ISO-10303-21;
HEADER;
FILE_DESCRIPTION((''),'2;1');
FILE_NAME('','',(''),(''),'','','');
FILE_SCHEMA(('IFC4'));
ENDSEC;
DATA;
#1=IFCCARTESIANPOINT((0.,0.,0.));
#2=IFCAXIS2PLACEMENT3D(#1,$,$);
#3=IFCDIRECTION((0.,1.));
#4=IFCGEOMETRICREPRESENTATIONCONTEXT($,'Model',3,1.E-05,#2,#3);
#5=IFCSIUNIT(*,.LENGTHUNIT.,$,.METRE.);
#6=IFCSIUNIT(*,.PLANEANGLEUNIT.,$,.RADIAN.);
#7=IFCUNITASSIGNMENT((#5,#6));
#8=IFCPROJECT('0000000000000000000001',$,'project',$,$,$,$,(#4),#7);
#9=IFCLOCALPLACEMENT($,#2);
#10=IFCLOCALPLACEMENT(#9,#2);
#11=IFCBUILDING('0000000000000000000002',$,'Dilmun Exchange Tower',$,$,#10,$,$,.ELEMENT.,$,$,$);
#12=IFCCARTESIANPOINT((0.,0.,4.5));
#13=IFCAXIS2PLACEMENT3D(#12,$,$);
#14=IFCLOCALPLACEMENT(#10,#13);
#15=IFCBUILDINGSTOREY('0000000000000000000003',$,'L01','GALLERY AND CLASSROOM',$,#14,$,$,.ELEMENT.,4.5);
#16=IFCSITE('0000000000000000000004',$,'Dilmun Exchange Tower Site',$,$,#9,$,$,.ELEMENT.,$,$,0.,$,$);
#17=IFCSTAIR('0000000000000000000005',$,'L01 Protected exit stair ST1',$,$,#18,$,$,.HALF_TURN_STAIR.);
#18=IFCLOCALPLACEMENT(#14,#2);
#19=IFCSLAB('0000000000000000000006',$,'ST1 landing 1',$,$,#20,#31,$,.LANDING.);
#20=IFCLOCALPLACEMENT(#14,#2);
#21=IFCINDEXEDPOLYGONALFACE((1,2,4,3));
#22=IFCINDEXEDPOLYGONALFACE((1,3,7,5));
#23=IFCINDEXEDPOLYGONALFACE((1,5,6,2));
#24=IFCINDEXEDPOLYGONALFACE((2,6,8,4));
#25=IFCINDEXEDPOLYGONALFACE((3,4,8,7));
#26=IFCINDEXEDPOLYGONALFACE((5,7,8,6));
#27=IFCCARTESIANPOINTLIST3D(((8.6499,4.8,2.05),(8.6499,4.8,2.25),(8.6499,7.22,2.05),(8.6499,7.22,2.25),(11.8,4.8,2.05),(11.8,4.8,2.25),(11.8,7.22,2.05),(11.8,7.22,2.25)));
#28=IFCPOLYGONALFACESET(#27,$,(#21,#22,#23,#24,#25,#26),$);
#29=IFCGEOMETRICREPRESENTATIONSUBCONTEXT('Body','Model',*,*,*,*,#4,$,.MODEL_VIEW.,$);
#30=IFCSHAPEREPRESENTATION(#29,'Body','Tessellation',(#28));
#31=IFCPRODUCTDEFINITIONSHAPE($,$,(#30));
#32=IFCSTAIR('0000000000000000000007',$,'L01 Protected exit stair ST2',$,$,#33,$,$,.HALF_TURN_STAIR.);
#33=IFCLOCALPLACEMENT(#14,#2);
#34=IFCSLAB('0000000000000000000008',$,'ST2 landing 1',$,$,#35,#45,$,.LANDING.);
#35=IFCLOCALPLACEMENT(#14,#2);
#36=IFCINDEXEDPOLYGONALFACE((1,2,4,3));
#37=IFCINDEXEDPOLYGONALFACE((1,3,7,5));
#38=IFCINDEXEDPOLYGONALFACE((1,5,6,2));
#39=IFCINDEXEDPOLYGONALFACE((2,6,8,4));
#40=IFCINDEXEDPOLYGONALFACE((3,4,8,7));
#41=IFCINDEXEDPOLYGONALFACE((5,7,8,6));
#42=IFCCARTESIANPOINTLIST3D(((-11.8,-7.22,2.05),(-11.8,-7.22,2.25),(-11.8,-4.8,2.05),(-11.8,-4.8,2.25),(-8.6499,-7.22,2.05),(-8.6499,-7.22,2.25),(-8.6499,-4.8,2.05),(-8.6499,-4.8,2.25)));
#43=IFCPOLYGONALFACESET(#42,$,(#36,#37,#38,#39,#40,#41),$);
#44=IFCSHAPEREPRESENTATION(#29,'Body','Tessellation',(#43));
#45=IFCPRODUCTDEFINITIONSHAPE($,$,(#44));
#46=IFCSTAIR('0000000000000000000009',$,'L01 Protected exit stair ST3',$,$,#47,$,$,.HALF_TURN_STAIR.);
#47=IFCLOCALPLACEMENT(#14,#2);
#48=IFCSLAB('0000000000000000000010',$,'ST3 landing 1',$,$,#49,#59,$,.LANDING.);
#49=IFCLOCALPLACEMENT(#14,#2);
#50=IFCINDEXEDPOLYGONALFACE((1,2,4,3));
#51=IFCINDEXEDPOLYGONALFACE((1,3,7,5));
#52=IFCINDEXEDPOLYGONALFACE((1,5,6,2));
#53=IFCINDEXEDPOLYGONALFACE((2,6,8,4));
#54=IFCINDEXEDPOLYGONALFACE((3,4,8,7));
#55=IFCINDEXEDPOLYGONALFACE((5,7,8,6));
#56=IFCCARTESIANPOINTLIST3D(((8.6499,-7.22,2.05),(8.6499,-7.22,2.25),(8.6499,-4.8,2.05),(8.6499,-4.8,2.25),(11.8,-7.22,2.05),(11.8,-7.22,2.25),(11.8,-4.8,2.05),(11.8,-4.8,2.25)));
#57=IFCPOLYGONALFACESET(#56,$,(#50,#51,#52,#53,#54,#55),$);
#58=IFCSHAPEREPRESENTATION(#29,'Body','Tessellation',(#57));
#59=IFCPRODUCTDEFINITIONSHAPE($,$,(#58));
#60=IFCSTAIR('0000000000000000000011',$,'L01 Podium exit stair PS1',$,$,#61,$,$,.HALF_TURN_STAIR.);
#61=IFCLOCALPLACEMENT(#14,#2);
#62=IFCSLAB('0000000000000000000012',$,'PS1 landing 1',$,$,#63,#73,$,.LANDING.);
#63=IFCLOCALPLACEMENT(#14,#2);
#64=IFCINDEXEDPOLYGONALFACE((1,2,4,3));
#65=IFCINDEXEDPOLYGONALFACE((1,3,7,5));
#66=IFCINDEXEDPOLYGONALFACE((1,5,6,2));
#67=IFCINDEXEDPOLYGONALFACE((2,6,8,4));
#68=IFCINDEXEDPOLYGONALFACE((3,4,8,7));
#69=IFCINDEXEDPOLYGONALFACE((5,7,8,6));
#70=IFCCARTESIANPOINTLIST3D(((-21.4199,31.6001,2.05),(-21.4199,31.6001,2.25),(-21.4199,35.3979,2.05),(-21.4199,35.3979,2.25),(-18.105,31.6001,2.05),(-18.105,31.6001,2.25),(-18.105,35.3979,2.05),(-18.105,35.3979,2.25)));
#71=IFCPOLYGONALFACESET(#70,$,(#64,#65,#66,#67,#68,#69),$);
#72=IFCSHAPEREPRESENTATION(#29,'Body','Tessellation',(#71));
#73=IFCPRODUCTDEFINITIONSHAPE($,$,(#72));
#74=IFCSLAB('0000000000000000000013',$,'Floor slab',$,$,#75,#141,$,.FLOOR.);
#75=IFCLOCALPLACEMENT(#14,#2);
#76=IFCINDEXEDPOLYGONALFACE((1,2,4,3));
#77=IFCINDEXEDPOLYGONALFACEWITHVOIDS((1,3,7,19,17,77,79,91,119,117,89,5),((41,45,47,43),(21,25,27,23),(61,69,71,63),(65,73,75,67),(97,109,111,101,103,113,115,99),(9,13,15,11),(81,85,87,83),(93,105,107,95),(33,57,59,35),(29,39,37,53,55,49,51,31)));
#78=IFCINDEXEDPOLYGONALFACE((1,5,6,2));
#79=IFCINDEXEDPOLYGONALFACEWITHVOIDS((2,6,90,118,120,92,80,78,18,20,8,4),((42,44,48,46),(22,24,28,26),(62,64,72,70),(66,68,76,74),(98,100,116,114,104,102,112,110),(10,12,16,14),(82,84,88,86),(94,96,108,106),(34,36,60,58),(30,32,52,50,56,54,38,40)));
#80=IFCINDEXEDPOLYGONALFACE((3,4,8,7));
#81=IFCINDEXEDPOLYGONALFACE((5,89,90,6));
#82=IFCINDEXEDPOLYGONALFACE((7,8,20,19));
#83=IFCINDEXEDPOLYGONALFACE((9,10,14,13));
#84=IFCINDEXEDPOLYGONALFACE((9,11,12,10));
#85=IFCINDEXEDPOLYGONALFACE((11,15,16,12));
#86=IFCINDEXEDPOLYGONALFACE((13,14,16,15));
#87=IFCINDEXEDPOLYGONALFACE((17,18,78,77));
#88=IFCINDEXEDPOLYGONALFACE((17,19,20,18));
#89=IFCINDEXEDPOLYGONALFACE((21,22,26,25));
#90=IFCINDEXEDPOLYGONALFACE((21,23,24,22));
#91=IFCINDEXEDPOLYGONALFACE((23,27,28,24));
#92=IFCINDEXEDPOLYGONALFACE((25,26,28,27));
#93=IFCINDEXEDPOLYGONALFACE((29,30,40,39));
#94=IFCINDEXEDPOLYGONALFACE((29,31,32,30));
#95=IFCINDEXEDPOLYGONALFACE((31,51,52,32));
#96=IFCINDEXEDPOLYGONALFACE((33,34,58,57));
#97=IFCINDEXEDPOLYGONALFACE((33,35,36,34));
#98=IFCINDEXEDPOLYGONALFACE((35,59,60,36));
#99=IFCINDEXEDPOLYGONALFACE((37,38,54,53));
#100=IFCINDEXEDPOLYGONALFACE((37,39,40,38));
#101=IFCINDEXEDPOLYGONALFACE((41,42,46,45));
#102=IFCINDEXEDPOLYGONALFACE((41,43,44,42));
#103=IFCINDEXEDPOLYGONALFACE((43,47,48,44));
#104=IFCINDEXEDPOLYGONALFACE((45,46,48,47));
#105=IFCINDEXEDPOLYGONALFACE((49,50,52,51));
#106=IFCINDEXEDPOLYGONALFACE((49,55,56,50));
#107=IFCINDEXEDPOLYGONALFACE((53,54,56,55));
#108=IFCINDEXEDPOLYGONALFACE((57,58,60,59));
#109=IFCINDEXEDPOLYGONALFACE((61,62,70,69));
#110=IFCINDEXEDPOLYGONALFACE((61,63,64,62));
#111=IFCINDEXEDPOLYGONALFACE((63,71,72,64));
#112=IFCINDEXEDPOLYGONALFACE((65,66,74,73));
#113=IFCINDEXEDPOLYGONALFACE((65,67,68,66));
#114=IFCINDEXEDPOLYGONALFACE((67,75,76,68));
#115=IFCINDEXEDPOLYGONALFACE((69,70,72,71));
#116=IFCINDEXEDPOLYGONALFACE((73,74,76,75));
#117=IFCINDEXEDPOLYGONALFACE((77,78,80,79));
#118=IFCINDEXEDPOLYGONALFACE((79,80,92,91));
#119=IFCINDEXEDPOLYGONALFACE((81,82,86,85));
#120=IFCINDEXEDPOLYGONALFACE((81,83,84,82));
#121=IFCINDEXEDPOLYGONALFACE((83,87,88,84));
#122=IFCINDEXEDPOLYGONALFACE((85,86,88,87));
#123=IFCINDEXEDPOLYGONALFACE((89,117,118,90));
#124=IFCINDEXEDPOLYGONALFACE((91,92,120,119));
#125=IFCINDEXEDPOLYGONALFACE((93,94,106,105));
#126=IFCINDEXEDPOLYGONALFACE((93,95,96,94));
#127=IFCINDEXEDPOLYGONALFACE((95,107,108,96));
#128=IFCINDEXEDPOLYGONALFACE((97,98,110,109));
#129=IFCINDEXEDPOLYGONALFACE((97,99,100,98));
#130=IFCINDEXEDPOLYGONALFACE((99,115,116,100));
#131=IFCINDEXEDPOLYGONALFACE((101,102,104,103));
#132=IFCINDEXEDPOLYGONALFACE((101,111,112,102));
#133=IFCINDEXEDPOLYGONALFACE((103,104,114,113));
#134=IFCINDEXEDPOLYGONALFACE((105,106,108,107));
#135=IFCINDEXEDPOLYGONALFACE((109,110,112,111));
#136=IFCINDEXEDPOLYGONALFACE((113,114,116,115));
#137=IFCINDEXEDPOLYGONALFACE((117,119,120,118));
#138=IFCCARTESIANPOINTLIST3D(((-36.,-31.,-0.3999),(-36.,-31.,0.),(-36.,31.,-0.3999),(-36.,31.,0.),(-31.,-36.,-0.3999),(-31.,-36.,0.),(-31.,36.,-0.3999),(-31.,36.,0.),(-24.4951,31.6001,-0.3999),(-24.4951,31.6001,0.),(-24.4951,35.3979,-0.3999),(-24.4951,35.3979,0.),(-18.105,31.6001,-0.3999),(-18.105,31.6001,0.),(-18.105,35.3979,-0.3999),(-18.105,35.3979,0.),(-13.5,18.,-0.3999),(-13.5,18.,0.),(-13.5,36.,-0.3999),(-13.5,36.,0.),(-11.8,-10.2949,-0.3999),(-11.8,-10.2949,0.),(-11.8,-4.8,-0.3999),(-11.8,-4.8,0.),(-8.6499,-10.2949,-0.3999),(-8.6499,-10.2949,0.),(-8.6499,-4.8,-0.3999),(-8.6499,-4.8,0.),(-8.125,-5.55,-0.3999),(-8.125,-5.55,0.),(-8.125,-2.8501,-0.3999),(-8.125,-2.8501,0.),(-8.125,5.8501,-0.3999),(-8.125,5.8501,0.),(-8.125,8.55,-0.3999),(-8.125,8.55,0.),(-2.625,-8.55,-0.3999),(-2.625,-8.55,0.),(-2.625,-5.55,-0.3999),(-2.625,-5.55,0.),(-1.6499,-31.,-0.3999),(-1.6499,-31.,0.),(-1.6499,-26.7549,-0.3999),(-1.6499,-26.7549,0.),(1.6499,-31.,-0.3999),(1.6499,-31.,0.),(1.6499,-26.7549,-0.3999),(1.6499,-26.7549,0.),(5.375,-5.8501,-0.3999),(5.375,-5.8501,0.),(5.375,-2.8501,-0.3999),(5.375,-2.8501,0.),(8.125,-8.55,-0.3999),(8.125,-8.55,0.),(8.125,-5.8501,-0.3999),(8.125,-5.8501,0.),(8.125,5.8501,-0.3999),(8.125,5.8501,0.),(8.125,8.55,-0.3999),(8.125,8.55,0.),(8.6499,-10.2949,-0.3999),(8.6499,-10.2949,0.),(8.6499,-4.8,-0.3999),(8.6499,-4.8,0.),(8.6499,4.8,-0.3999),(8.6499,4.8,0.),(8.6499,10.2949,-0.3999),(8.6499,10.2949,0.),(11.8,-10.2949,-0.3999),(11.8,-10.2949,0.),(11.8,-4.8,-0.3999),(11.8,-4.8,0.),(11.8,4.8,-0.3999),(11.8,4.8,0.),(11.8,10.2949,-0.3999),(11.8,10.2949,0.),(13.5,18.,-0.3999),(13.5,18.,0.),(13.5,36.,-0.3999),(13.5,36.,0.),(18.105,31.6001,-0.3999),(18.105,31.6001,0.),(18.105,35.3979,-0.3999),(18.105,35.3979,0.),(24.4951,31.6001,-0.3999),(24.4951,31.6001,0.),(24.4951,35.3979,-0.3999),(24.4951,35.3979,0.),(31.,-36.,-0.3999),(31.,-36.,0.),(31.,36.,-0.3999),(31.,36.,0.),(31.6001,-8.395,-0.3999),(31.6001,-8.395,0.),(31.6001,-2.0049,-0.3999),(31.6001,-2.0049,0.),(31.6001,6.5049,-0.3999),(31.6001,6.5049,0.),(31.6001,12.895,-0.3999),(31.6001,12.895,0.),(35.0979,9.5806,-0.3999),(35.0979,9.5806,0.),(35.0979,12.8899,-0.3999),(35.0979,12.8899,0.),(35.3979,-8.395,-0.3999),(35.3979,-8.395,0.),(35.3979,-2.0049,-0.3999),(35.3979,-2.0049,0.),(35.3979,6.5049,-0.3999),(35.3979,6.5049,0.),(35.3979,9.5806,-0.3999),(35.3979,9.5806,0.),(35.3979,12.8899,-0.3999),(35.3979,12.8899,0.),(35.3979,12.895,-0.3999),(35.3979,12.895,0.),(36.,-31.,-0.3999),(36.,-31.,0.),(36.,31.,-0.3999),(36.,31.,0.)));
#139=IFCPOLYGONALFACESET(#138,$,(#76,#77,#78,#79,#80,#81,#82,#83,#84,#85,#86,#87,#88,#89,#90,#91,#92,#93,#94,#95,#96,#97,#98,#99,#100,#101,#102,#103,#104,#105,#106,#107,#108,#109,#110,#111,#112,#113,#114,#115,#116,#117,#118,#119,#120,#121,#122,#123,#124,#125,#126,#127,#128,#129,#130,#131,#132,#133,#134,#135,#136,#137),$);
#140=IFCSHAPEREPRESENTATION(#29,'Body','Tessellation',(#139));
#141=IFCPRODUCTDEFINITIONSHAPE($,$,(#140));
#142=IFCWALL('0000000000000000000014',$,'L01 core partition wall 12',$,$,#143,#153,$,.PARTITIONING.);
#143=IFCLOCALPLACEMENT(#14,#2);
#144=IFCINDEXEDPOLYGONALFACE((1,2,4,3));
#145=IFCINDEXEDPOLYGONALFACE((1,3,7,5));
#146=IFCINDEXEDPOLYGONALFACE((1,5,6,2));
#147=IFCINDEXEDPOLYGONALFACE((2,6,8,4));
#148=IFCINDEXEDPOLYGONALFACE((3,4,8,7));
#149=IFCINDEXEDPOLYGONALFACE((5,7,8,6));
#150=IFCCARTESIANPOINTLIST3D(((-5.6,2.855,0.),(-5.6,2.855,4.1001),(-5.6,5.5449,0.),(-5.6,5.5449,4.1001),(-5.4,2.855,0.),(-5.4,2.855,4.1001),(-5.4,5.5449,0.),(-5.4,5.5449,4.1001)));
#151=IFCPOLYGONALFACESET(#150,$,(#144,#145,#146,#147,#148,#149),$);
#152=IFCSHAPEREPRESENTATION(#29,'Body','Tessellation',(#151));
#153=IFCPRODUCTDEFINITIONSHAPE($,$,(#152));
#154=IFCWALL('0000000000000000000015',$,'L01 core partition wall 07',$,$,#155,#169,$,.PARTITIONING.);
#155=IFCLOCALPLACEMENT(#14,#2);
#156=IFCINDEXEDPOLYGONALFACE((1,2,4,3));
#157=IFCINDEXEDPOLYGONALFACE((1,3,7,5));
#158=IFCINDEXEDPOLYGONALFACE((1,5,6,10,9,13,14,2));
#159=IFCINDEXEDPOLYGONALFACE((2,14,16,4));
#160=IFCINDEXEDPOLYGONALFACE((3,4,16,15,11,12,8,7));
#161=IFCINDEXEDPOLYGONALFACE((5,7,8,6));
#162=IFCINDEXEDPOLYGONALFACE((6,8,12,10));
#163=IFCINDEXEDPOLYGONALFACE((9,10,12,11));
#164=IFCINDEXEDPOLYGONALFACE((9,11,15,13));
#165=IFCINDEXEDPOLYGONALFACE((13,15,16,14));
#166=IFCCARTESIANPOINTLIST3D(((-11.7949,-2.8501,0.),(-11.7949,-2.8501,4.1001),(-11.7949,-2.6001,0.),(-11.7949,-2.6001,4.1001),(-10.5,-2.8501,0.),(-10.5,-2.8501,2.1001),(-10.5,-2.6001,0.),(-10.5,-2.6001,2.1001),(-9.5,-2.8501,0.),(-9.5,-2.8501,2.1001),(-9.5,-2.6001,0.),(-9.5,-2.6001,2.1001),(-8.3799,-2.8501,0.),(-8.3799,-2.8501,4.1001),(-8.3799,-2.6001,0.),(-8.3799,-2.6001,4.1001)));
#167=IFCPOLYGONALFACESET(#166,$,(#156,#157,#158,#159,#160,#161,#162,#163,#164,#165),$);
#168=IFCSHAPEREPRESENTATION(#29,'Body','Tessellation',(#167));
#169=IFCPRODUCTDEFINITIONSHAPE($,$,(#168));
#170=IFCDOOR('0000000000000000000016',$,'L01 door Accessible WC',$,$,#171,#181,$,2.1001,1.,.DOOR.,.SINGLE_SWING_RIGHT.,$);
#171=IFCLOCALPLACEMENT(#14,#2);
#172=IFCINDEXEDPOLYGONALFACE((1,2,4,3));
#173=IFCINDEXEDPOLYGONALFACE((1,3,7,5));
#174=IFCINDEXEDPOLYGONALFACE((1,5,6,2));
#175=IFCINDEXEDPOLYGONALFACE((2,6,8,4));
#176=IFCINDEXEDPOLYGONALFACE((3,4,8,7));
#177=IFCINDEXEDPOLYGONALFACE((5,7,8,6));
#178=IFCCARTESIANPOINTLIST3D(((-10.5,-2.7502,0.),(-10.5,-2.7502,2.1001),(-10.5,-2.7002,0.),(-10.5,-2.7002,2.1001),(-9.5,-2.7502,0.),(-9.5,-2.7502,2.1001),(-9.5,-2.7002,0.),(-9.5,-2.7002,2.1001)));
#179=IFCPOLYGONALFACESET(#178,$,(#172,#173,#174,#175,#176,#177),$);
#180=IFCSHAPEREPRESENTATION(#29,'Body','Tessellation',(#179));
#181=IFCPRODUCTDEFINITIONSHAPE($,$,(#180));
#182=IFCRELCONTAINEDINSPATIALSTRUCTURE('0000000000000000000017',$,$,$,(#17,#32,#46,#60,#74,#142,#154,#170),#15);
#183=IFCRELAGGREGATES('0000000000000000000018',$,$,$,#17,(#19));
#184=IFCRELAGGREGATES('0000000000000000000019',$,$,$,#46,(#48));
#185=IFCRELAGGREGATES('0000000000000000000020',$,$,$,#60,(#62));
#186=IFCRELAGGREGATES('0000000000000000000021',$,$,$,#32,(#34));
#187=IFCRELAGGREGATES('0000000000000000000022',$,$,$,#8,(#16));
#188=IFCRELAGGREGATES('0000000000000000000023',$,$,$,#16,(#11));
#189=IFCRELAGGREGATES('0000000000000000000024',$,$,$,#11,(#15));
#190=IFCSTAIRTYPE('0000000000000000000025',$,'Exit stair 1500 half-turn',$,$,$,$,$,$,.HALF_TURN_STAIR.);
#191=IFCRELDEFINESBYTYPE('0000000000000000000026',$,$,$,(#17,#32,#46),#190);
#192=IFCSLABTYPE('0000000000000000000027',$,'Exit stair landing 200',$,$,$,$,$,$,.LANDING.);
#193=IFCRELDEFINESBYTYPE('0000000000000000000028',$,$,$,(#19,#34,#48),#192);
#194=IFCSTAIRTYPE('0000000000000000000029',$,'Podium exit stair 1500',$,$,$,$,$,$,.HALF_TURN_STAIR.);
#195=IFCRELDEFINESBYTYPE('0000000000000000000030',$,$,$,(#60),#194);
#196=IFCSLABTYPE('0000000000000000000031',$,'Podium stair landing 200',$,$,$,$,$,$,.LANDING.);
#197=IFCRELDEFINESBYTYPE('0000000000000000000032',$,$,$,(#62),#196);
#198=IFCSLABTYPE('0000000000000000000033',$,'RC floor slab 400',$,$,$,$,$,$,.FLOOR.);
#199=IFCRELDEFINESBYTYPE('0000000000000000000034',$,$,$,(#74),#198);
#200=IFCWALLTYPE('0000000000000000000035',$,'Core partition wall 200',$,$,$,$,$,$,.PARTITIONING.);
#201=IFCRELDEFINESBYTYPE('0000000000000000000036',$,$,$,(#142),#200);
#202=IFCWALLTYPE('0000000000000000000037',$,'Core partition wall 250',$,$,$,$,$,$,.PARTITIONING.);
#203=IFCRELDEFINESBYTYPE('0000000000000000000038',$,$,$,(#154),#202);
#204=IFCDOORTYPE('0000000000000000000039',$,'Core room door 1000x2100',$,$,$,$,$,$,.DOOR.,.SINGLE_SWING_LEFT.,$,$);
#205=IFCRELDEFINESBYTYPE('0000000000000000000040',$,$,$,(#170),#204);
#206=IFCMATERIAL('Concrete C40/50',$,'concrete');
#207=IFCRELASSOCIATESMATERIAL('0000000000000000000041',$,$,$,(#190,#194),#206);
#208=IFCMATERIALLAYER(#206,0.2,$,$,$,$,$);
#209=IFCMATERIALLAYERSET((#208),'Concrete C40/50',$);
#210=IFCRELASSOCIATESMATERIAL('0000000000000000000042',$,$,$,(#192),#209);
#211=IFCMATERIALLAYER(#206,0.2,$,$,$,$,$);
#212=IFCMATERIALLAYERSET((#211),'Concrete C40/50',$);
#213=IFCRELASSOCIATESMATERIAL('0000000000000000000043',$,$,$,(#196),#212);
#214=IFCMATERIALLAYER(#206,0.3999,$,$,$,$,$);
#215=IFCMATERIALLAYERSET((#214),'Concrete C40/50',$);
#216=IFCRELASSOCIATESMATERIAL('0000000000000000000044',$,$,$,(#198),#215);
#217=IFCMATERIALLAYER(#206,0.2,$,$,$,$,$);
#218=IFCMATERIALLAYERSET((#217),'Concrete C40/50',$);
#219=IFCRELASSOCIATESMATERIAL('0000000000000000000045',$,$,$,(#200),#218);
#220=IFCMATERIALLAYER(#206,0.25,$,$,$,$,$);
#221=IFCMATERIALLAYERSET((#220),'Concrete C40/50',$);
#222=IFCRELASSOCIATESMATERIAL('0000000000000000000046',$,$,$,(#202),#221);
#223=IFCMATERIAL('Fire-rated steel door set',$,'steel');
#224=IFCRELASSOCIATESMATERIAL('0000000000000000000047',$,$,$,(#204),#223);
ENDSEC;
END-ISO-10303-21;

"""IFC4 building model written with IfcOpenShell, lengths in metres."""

from ifc_helpers import new_model, si_unit, direction, frame, frame_2d, origin, place, context, subcontext, project, spatial, polyline, rectangle, outline, extrude, material, layer, layer_set, type_object, element, fill, aggregate, save


model = new_model("IFC4")

# Units and contexts
model_context = context("Model", 3, precision=1e-05, world=origin(), true_north=direction((0.0, 1.0)))
body_context = subcontext(model_context, "Body", "Model", "MODEL_VIEW")
ifc_project = project(units=[si_unit("LENGTHUNIT", "METRE"), si_unit("PLANEANGLEUNIT", "RADIAN")], contexts=[model_context])

# Site, building, storey
site_placement = place(None, origin())
site = spatial("IfcSite", under=ifc_project, at=site_placement, Name="Dilmun Exchange Tower Site", CompositionType="ELEMENT", RefElevation=0.0)
building_placement = place(site_placement, origin())
building = spatial("IfcBuilding", under=site, at=building_placement, Name="Dilmun Exchange Tower", CompositionType="ELEMENT")
storey_placement = place(building_placement, frame((0.0, 0.0, 4.5)))
storey = spatial("IfcBuildingStorey", under=building, at=storey_placement, Name="L01", Description="GALLERY AND CLASSROOM", CompositionType="ELEMENT", Elevation=4.5)

# Stairs, slabs
ifc_material_1 = material(Name="Concrete C40/50", Category="concrete")
stair_type_1 = type_object("IfcStairType", Name="Exit stair 1500 half-turn", PredefinedType="HALF_TURN_STAIR", material=ifc_material_1)
stair_1_placement = place(storey_placement, origin())
stair_1 = element("IfcStair", 1, at=stair_1_placement, inside=storey, type_object=stair_type_1, Name="L01 Protected exit stair ST1", PredefinedType="HALF_TURN_STAIR")
ifc_layer_1 = layer(ifc_material_1, 0.2)
ifc_layer_set_1 = layer_set([ifc_layer_1], Name="Concrete C40/50")
slab_type_1 = type_object("IfcSlabType", Name="Exit stair landing 200", PredefinedType="LANDING", material=ifc_layer_set_1)
slab_1_placement = place(storey_placement, frame((0.0, 0.0, 2.05)))
slab_1 = element("IfcSlab", 2, at=slab_1_placement, type_object=slab_type_1, Name="ST1 landing 1", PredefinedType="LANDING", context=body_context, shape_type="SweptSolid", body=[
    extrude(outline(polyline([(8.6499, 7.22), (8.6499, 4.8), (11.8, 4.8), (11.8, 7.22), (8.6499, 7.22)])), origin(), (0.0, 0.0, 1.0), 0.2),
])
aggregate(stair_1, [slab_1])
stair_2_placement = place(storey_placement, origin())
stair_2 = element("IfcStair", 3, at=stair_2_placement, inside=storey, type_object=stair_type_1, Name="L01 Protected exit stair ST2", PredefinedType="HALF_TURN_STAIR")
slab_2_placement = place(storey_placement, frame((0.0, 0.0, 2.05)))
slab_2 = element("IfcSlab", 4, at=slab_2_placement, type_object=slab_type_1, Name="ST2 landing 1", PredefinedType="LANDING", context=body_context, shape_type="SweptSolid", body=[
    extrude(outline(polyline([(-8.6499, -7.22), (-8.6499, -4.8), (-11.8, -4.8), (-11.8, -7.22), (-8.6499, -7.22)])), origin(), (0.0, 0.0, 1.0), 0.2),
])
stair_3_placement = place(storey_placement, origin())
stair_3 = element("IfcStair", 5, at=stair_3_placement, inside=storey, type_object=stair_type_1, Name="L01 Protected exit stair ST3", PredefinedType="HALF_TURN_STAIR")
slab_3_placement = place(storey_placement, frame((0.0, 0.0, 2.05)))
slab_3 = element("IfcSlab", 6, at=slab_3_placement, type_object=slab_type_1, Name="ST3 landing 1", PredefinedType="LANDING", context=body_context, shape_type="SweptSolid", body=[
    extrude(outline(polyline([(11.8, -7.22), (11.8, -4.8), (8.6499, -4.8), (8.6499, -7.22), (11.8, -7.22)])), origin(), (0.0, 0.0, 1.0), 0.2),
])
aggregate(stair_3, [slab_3])
stair_type_2 = type_object("IfcStairType", Name="Podium exit stair 1500", PredefinedType="HALF_TURN_STAIR", material=ifc_material_1)
stair_4_placement = place(storey_placement, origin())
stair_4 = element("IfcStair", 7, at=stair_4_placement, inside=storey, type_object=stair_type_2, Name="L01 Podium exit stair PS1", PredefinedType="HALF_TURN_STAIR")
ifc_layer_2 = layer(ifc_material_1, 0.2)
ifc_layer_set_2 = layer_set([ifc_layer_2], Name="Concrete C40/50")
slab_type_2 = type_object("IfcSlabType", Name="Podium stair landing 200", PredefinedType="LANDING", material=ifc_layer_set_2)
slab_4_placement = place(storey_placement, frame((0.0, 0.0, 2.05)))
slab_4 = element("IfcSlab", 8, at=slab_4_placement, type_object=slab_type_2, Name="PS1 landing 1", PredefinedType="LANDING", context=body_context, shape_type="SweptSolid", body=[
    extrude(outline(polyline([(-21.4199, 31.6001), (-18.105, 31.6001), (-18.105, 35.3979), (-21.4199, 35.3979), (-21.4199, 31.6001)])), origin(), (0.0, 0.0, 1.0), 0.2),
])
aggregate(stair_4, [slab_4])

# Slab
ifc_layer_3 = layer(ifc_material_1, 0.3999)
ifc_layer_set_3 = layer_set([ifc_layer_3], Name="Concrete C40/50")
slab_type_3 = type_object("IfcSlabType", Name="RC floor slab 400", PredefinedType="FLOOR", material=ifc_layer_set_3)
slab_5_placement = place(storey_placement, frame((0.0, 0.0, -0.3999)))
element("IfcSlab", 9, at=slab_5_placement, inside=storey, type_object=slab_type_3, Name="Floor slab", PredefinedType="FLOOR", context=body_context, shape_type="SweptSolid", body=[
    extrude(outline(polyline([(31.0, 36.0), (36.0, 31.0), (36.0, -31.0), (31.0, -36.0), (-31.0, -36.0), (-36.0, -31.0), (-36.0, 31.0), (-31.0, 36.0), (-13.5, 36.0), (-13.5, 18.0), (13.5, 18.0), (13.5, 36.0), (31.0, 36.0)]), holes=[polyline([(-1.6499, -26.7549), (-1.6499, -31.0), (1.6499, -31.0), (1.6499, -26.7549), (-1.6499, -26.7549)]), polyline([(-8.6499, -10.2949), (-8.6499, -4.8), (-11.8, -4.8), (-11.8, -10.2949), (-8.6499, -10.2949)]), polyline([(5.375, -2.8501), (-8.125, -2.8501), (-8.125, -5.55), (-2.625, -5.55), (-2.625, -8.55), (8.125, -8.55), (8.125, -5.8501), (5.375, -5.8501), (5.375, -2.8501)]), polyline([(-8.125, 8.55), (-8.125, 5.8501), (8.125, 5.8501), (8.125, 8.55), (-8.125, 8.55)]), polyline([(-18.105, 35.3979), (-24.4951, 35.3979), (-24.4951, 31.6001), (-18.105, 31.6001), (-18.105, 35.3979)]), polyline([(8.6499, -10.2949), (11.8, -10.2949), (11.8, -4.8), (8.6499, -4.8), (8.6499, -10.2949)]), polyline([(31.6001, -8.395), (35.3979, -8.395), (35.3979, -2.0049), (31.6001, -2.0049), (31.6001, -8.395)]), polyline([(8.6499, 10.2949), (8.6499, 4.8), (11.8, 4.8), (11.8, 10.2949), (8.6499, 10.2949)]), polyline([(35.3979, 12.8899), (35.3979, 12.895), (31.6001, 12.895), (31.6001, 6.5049), (35.3979, 6.5049), (35.3979, 9.5806), (35.0979, 9.5806), (35.0979, 12.8899), (35.3979, 12.8899)]), polyline([(18.105, 35.3979), (18.105, 31.6001), (24.4951, 31.6001), (24.4951, 35.3979), (18.105, 35.3979)])]), origin(), (0.0, 0.0, 1.0), 0.3999),
])

# Wall
ifc_layer_4 = layer(ifc_material_1, 0.2)
ifc_layer_set_4 = layer_set([ifc_layer_4], Name="Concrete C40/50")
wall_type_1 = type_object("IfcWallType", Name="Core partition wall 200", PredefinedType="PARTITIONING", material=ifc_layer_set_4)
wall_1_placement = place(storey_placement, frame((-5.5, 2.855, 0.0), z_axis=(0.0, 0.0, 1.0), x_axis=(0.0, 1.0, 0.0)))
element("IfcWall", 10, at=wall_1_placement, inside=storey, type_object=wall_type_1, Name="L01 core partition wall 12", PredefinedType="PARTITIONING", context=body_context, shape_type="SweptSolid", body=[
    extrude(rectangle(XDim=2.6899, YDim=0.2, at=frame_2d((1.345, 0.0))), origin(), (0.0, 0.0, 1.0), 4.1001),
])

# Wall, opening, door
ifc_layer_5 = layer(ifc_material_1, 0.25)
ifc_layer_set_5 = layer_set([ifc_layer_5], Name="Concrete C40/50")
wall_type_2 = type_object("IfcWallType", Name="Core partition wall 250", PredefinedType="PARTITIONING", material=ifc_layer_set_5)
wall_2_placement = place(storey_placement, frame((-11.7949, -2.7251, 0.0), z_axis=(0.0, 0.0, 1.0), x_axis=(1.0, 0.0, 0.0)))
wall_2 = element("IfcWall", 11, at=wall_2_placement, inside=storey, type_object=wall_type_2, Name="L01 core partition wall 07", PredefinedType="PARTITIONING", context=body_context, shape_type="SweptSolid", body=[
    extrude(rectangle(XDim=3.415, YDim=0.25, at=frame_2d((1.7075, 0.0))), origin(), (0.0, 0.0, 1.0), 4.1001),
])
opening_1_placement = place(wall_2_placement, frame((1.2949, 0.0, 0.0)))
opening_1 = element("IfcOpeningElement", 12, at=opening_1_placement, cuts=wall_2, PredefinedType="OPENING", context=body_context, shape_type="SweptSolid", body=[
    extrude(rectangle(XDim=1.0, YDim=2.1001, at=frame_2d((0.5, 1.05))), frame((0.0, 0.135, 0.0), z_axis=(0.0, -1.0, 0.0), x_axis=(1.0, 0.0, 0.0)), (0.0, 0.0, 1.0), 0.27),
])
ifc_material_2 = material(Name="Fire-rated steel door set", Category="steel")
door_type_1 = type_object("IfcDoorType", Name="Core room door 1000x2100", OperationType="SINGLE_SWING_LEFT", PredefinedType="DOOR", material=ifc_material_2)
door_1_placement = place(opening_1_placement, origin())
door_1 = element("IfcDoor", 13, at=door_1_placement, inside=storey, type_object=door_type_1, Name="L01 door Accessible WC", OperationType="SINGLE_SWING_RIGHT", OverallHeight=2.1001, OverallWidth=1.0, PredefinedType="DOOR", context=body_context, shape_type="SweptSolid", body=[
    extrude(rectangle(XDim=1.0, YDim=2.1001, at=frame_2d((0.5, 1.05))), frame((0.0, 0.0249, 0.0), z_axis=(0.0, -1.0, 0.0), x_axis=(1.0, 0.0, 0.0)), (0.0, 0.0, 1.0), 0.05),
])
fill(opening_1, door_1)

aggregate(stair_2, [slab_2])

save(model, "model.ifc")
